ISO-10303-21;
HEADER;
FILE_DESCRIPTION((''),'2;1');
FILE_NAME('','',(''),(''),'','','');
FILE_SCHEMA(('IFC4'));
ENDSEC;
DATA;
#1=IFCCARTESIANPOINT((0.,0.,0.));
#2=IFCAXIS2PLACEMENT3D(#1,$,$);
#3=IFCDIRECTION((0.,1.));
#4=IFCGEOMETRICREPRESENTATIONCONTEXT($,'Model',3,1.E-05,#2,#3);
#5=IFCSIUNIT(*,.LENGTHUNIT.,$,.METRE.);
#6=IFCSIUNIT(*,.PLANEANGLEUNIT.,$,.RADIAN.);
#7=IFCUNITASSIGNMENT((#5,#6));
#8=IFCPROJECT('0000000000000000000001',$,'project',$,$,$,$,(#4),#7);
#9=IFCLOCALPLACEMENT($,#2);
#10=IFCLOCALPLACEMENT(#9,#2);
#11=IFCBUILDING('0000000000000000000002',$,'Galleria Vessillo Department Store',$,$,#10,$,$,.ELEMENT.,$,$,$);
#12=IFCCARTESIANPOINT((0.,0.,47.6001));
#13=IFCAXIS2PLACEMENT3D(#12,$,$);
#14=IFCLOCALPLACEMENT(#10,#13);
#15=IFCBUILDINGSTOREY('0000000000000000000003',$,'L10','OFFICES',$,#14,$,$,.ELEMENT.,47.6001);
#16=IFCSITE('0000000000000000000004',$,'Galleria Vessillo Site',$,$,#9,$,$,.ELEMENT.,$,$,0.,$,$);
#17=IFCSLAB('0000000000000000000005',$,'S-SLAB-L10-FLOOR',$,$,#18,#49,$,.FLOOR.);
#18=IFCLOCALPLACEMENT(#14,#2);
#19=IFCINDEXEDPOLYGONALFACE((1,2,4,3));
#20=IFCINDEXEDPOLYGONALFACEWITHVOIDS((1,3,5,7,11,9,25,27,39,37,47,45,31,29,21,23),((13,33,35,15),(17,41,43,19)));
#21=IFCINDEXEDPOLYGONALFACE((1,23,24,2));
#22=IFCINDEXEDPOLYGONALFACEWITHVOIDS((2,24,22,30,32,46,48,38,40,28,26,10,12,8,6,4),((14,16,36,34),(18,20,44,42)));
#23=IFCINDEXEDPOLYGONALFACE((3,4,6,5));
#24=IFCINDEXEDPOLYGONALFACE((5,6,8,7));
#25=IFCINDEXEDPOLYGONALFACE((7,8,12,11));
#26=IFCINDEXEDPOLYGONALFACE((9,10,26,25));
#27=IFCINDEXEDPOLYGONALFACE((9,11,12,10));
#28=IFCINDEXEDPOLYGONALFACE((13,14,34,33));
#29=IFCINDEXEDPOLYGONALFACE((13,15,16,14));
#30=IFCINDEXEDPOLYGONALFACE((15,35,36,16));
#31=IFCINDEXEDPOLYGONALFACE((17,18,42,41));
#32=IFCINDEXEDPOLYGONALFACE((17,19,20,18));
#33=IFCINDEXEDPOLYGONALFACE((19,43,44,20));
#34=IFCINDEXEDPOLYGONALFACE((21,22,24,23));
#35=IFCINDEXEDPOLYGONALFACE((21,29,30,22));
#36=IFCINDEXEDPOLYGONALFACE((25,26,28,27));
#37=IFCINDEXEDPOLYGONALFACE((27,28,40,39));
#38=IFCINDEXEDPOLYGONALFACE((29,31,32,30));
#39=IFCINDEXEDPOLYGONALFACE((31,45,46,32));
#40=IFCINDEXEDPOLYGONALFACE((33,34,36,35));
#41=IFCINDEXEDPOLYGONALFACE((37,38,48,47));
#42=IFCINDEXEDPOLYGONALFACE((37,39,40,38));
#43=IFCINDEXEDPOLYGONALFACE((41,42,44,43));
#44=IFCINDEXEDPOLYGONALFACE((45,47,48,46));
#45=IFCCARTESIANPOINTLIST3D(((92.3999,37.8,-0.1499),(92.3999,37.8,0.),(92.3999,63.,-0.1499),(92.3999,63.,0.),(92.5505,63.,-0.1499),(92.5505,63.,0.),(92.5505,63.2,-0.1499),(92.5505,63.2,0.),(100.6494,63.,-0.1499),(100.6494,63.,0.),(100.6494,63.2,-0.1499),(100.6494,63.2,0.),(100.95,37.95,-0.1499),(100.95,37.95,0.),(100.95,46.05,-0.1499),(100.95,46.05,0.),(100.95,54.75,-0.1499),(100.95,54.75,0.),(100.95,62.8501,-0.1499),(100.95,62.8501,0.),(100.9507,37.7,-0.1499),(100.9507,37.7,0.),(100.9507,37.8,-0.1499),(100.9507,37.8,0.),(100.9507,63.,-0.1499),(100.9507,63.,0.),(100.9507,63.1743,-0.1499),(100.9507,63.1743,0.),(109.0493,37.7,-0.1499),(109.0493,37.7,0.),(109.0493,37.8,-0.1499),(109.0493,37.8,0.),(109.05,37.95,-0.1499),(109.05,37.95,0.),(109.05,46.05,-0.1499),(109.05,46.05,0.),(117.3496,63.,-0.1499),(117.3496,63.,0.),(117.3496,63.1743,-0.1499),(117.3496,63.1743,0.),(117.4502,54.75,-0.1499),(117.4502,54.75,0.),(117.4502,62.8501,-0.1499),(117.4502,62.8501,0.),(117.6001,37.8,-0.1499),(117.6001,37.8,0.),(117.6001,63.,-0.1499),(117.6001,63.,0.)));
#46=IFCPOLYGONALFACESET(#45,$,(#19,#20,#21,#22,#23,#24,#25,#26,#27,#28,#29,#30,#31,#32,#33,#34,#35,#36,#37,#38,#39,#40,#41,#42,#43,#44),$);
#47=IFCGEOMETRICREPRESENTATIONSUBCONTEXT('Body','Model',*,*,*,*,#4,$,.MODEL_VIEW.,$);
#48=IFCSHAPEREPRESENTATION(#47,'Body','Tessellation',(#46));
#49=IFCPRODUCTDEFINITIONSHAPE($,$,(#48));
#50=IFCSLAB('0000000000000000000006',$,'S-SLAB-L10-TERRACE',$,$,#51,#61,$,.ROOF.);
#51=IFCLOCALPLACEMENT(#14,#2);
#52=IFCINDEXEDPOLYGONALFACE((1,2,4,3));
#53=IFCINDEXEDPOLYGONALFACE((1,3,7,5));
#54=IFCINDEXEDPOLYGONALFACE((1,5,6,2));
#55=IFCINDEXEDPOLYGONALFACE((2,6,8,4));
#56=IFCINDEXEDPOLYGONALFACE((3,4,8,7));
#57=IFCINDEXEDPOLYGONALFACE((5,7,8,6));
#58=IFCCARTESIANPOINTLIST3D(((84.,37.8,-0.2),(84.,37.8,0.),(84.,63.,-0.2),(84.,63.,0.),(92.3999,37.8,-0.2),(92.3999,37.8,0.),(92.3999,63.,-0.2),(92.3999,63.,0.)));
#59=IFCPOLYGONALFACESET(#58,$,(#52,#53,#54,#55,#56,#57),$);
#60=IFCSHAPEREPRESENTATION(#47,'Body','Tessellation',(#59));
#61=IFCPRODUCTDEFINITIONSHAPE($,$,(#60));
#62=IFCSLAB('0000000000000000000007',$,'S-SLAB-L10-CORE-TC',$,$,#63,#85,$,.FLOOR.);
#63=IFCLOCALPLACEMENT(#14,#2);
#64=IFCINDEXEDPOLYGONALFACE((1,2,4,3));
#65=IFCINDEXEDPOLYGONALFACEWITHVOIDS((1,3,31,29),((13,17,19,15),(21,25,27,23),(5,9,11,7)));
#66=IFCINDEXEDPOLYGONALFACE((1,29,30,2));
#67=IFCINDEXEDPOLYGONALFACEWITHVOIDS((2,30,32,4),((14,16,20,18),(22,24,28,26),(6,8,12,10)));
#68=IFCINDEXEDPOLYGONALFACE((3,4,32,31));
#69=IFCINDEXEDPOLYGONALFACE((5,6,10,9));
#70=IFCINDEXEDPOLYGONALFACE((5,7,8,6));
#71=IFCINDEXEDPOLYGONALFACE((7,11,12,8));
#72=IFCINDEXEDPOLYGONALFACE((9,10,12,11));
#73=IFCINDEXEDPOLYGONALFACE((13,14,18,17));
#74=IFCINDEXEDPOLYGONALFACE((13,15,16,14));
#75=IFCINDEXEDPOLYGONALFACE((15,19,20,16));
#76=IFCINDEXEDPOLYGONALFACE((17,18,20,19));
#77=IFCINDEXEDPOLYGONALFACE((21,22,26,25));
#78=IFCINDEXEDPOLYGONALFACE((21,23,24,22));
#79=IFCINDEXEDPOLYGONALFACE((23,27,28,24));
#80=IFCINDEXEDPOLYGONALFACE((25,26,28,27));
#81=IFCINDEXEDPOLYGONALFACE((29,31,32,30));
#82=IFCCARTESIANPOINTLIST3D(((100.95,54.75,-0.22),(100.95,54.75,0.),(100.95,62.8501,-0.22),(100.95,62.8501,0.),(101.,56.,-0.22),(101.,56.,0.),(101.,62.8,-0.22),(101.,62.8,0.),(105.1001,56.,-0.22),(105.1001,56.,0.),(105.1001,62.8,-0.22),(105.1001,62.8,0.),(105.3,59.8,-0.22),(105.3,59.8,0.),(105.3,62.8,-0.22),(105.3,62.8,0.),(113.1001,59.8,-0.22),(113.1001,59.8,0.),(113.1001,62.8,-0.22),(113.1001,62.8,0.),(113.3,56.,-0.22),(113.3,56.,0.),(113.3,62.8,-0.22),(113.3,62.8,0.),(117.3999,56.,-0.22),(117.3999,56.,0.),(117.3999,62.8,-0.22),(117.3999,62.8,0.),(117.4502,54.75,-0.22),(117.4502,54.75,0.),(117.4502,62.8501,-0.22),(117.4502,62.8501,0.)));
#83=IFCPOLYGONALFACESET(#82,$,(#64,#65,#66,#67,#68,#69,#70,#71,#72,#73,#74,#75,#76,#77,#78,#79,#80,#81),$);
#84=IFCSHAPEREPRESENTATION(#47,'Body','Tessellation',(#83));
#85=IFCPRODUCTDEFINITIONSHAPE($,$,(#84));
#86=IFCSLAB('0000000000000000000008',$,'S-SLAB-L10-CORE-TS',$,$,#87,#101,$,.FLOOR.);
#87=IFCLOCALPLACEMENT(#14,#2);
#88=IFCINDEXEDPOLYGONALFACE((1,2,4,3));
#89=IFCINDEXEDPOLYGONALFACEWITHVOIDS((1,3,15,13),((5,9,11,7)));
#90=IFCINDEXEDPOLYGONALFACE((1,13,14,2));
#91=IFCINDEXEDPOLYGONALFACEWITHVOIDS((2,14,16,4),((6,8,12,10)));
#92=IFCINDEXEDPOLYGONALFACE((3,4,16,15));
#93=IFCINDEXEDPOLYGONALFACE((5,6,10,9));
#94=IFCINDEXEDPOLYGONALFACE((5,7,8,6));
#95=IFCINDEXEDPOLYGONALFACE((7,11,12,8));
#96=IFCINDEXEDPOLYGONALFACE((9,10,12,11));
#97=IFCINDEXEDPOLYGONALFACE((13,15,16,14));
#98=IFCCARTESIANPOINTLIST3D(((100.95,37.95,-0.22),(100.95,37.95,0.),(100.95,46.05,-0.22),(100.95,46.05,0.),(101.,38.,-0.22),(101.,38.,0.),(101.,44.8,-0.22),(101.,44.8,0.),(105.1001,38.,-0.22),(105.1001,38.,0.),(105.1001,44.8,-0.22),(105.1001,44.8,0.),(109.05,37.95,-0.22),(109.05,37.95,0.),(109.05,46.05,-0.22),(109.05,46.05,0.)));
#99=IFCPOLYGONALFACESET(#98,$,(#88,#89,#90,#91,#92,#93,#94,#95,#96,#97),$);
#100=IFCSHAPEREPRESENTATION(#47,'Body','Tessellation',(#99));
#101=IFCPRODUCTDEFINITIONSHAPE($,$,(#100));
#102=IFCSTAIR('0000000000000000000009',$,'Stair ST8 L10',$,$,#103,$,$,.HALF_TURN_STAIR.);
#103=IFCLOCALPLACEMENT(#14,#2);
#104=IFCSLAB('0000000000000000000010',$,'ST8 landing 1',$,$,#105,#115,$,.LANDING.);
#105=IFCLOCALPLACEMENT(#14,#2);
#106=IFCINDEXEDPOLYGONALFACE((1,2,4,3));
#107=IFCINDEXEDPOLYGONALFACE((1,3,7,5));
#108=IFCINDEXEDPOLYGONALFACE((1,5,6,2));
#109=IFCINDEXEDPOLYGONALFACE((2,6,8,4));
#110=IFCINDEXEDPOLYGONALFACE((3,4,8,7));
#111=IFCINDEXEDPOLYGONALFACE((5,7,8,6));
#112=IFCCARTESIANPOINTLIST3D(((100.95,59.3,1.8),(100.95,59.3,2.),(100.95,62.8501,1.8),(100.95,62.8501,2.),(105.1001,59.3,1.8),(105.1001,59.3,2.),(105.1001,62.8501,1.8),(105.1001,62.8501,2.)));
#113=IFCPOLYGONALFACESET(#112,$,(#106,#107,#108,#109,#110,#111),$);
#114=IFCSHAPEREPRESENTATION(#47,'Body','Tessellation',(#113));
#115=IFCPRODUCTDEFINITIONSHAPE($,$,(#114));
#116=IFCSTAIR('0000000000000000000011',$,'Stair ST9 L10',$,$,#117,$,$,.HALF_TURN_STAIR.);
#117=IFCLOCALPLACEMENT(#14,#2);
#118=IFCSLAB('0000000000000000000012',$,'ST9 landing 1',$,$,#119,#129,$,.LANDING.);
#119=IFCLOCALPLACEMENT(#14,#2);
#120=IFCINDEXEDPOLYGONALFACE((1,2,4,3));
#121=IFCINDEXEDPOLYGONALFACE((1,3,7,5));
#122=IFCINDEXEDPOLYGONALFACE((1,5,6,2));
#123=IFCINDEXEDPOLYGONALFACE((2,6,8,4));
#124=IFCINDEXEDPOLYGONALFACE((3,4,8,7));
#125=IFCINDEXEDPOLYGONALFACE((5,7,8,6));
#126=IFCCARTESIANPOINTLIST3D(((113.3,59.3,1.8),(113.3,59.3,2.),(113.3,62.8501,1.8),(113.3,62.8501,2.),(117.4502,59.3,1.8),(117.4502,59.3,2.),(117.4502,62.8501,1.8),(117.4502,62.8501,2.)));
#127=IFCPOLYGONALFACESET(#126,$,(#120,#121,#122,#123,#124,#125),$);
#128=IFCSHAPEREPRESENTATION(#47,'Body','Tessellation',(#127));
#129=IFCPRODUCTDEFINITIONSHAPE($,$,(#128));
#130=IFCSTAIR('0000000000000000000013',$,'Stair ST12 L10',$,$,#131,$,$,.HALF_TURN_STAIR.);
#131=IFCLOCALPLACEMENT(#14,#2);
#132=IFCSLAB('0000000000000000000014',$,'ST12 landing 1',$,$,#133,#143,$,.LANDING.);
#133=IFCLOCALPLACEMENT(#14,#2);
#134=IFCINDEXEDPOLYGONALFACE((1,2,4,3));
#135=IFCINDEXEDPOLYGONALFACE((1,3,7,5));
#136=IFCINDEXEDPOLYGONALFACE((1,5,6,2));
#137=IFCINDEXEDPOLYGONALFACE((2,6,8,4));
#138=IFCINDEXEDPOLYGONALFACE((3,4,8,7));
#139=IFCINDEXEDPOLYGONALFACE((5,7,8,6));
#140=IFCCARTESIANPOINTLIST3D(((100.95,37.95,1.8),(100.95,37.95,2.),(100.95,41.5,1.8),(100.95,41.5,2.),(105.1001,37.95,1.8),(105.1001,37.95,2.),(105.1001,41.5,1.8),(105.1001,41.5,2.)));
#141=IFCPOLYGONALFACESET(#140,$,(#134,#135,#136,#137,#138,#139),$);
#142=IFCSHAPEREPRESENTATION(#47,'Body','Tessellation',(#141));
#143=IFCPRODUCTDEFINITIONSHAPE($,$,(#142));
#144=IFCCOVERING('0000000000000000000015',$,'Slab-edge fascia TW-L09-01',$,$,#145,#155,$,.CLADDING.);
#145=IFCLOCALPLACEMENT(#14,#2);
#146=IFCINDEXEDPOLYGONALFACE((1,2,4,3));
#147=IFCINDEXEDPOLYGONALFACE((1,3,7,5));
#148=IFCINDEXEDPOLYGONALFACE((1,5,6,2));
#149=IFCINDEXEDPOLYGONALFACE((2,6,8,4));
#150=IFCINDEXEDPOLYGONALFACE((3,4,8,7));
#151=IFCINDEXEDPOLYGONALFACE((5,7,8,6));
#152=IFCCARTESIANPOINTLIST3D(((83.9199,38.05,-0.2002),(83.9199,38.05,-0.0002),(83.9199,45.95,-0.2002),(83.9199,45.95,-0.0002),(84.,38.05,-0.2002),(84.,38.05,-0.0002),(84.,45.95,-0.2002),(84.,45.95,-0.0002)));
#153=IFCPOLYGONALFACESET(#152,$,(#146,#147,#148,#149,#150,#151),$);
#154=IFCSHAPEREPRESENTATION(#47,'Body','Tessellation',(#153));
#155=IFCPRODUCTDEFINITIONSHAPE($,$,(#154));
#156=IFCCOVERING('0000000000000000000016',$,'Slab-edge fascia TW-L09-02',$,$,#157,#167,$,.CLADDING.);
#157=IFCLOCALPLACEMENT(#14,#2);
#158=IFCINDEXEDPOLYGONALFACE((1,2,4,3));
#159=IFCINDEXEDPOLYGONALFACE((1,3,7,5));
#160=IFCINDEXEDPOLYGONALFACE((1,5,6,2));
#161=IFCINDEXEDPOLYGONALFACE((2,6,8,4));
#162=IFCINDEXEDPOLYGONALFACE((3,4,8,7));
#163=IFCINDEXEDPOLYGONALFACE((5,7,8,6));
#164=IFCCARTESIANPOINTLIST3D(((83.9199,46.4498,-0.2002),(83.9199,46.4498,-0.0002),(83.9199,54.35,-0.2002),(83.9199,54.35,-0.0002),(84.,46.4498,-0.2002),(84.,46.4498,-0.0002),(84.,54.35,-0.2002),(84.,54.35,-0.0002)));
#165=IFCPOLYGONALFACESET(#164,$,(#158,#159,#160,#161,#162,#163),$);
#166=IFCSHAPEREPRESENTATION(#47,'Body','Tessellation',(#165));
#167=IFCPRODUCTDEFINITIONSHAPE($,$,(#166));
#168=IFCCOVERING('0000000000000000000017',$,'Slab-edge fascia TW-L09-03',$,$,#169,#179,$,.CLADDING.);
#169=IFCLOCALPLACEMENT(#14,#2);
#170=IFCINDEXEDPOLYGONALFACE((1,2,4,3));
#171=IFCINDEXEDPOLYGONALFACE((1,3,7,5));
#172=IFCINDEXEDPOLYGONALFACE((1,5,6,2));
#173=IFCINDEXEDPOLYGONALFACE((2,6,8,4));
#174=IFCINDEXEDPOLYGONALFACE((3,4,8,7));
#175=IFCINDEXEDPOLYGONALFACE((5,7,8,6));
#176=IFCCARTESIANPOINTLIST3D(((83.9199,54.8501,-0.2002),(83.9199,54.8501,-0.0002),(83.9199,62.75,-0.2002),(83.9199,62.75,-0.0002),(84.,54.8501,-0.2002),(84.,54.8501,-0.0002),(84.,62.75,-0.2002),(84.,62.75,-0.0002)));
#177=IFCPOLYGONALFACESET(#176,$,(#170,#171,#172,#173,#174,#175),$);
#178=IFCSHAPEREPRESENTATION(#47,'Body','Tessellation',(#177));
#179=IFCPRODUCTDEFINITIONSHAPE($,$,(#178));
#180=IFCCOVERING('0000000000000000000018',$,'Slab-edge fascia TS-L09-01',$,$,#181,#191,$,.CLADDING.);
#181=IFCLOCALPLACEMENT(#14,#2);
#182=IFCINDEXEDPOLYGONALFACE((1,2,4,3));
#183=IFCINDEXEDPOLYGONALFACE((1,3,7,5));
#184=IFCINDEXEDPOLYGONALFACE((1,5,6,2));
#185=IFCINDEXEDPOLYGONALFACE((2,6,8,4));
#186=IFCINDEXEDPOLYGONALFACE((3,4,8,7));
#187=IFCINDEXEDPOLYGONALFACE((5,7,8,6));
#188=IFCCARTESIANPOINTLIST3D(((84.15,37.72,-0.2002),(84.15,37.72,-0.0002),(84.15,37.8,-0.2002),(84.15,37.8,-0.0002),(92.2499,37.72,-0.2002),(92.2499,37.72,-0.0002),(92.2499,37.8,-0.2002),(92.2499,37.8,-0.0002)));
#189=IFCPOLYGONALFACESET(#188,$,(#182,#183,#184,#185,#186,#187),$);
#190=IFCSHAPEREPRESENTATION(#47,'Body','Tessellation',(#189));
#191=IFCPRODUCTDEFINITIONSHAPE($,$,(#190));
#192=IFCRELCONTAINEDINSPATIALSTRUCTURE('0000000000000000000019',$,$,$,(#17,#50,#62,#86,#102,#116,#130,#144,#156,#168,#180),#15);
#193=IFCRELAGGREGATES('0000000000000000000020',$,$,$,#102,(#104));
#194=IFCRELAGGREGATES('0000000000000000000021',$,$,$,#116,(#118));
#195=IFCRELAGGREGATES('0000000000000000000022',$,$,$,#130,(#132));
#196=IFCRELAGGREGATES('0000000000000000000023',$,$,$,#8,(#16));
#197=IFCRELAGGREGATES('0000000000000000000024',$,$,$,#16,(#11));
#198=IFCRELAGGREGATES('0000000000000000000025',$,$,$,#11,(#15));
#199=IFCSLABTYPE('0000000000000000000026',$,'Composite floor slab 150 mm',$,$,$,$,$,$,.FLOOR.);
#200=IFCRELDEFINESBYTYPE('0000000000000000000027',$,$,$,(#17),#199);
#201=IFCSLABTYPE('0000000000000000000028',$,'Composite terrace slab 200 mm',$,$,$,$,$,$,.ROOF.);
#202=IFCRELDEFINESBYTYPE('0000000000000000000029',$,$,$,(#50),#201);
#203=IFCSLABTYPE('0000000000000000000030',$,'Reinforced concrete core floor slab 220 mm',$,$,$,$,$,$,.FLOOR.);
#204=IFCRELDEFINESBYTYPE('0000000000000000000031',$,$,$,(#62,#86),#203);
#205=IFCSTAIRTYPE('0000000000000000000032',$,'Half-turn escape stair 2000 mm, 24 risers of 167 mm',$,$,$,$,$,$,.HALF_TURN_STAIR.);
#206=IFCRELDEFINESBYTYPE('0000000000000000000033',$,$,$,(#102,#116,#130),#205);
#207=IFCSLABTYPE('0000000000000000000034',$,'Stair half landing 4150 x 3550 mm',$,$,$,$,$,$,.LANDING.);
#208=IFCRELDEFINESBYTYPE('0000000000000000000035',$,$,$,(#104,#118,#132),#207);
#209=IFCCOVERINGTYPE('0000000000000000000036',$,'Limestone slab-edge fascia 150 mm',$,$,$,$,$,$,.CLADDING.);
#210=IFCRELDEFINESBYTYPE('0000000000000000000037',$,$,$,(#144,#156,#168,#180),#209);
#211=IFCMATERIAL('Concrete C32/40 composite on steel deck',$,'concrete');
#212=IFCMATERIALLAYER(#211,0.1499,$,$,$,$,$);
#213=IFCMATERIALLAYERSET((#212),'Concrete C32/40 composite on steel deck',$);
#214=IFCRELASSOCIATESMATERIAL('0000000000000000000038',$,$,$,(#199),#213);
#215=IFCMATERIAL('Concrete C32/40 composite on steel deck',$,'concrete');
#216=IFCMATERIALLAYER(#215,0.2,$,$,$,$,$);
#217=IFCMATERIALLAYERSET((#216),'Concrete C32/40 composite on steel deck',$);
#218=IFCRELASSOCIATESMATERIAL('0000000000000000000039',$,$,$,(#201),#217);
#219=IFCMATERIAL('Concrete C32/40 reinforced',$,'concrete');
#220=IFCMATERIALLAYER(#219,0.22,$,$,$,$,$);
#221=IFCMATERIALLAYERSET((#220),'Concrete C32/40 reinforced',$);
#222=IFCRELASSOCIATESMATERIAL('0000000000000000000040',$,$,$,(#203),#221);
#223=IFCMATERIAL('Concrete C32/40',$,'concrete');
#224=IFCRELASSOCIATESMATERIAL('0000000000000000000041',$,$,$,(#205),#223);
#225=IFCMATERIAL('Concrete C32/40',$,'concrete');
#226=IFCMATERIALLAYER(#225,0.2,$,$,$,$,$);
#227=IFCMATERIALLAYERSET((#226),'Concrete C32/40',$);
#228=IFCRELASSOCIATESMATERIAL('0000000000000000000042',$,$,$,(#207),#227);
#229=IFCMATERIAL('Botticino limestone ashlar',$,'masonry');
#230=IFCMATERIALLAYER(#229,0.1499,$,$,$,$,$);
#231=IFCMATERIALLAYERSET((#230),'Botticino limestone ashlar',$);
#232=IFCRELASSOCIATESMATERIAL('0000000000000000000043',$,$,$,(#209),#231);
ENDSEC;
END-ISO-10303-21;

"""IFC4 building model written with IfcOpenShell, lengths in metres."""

from ifc_helpers import new_model, si_unit, direction, frame, origin, origin_2d, place, context, subcontext, project, spatial, polyline, rectangle, outline, extrude, material, layer, layer_set, type_object, element, aggregate, save


model = new_model("IFC4")

# Units and contexts
model_context = context("Model", 3, precision=1e-05, world=origin(), true_north=direction((0.0, 1.0)))
body_context = subcontext(model_context, "Body", "Model", "MODEL_VIEW")
ifc_project = project(units=[si_unit("LENGTHUNIT", "METRE"), si_unit("PLANEANGLEUNIT", "RADIAN")], contexts=[model_context])

# Site, building, storey
site_placement = place(None, origin())
site = spatial("IfcSite", under=ifc_project, at=site_placement, Name="Galleria Vessillo Site", CompositionType="ELEMENT", RefElevation=0.0)
building_placement = place(site_placement, origin())
building = spatial("IfcBuilding", under=site, at=building_placement, Name="Galleria Vessillo Department Store", CompositionType="ELEMENT")
storey_placement = place(building_placement, frame((0.0, 0.0, 47.6001)))
storey = spatial("IfcBuildingStorey", under=building, at=storey_placement, Name="L10", Description="OFFICES", CompositionType="ELEMENT", Elevation=47.6001)

# Slabs
ifc_material_1 = material(Name="Concrete C32/40 composite on steel deck", Category="concrete")
ifc_layer_1 = layer(ifc_material_1, 0.1499)
ifc_layer_set_1 = layer_set([ifc_layer_1], Name="Concrete C32/40 composite on steel deck")
slab_type_1 = type_object("IfcSlabType", Name="Composite floor slab 150 mm", PredefinedType="FLOOR", material=ifc_layer_set_1)
slab_1_placement = place(storey_placement, frame((0.0, 0.0, -0.1499)))
element("IfcSlab", 1, at=slab_1_placement, inside=storey, type_object=slab_type_1, Name="S-SLAB-L10-FLOOR", PredefinedType="FLOOR", context=body_context, shape_type="SweptSolid", body=[
    extrude(outline(polyline([(100.9507, 37.8), (92.3999, 37.8), (92.3999, 63.0), (92.5505, 63.0), (92.5505, 63.2), (100.6494, 63.2), (100.6494, 63.0), (100.9507, 63.0), (100.9507, 63.1743), (117.3496, 63.1743), (117.3496, 63.0), (117.6001, 63.0), (117.6001, 37.8), (109.0493, 37.8), (109.0493, 37.7), (100.9507, 37.7), (100.9507, 37.8)]), holes=[polyline([(109.05, 37.95), (109.05, 46.05), (100.95, 46.05), (100.95, 37.95), (109.05, 37.95)]), polyline([(117.4502, 54.75), (117.4502, 62.8501), (100.95, 62.8501), (100.95, 54.75), (117.4502, 54.75)])]), origin(), (0.0, 0.0, 1.0), 0.1499),
])
ifc_material_2 = material(Name="Concrete C32/40 composite on steel deck", Category="concrete")
ifc_layer_2 = layer(ifc_material_2, 0.2)
ifc_layer_set_2 = layer_set([ifc_layer_2], Name="Concrete C32/40 composite on steel deck")
slab_type_2 = type_object("IfcSlabType", Name="Composite terrace slab 200 mm", PredefinedType="ROOF", material=ifc_layer_set_2)
slab_2_placement = place(storey_placement, frame((0.0, 0.0, -0.2)))
element("IfcSlab", 2, at=slab_2_placement, inside=storey, type_object=slab_type_2, Name="S-SLAB-L10-TERRACE", PredefinedType="ROOF", context=body_context, shape_type="SweptSolid", body=[
    extrude(outline(polyline([(84.0, 37.8), (84.0, 63.0), (92.3999, 63.0), (92.3999, 37.8), (84.0, 37.8)])), origin(), (0.0, 0.0, 1.0), 0.2),
])
ifc_material_3 = material(Name="Concrete C32/40 reinforced", Category="concrete")
ifc_layer_3 = layer(ifc_material_3, 0.22)
ifc_layer_set_3 = layer_set([ifc_layer_3], Name="Concrete C32/40 reinforced")
slab_type_3 = type_object("IfcSlabType", Name="Reinforced concrete core floor slab 220 mm", PredefinedType="FLOOR", material=ifc_layer_set_3)
slab_3_placement = place(storey_placement, frame((0.0, 0.0, -0.22)))
element("IfcSlab", 3, at=slab_3_placement, inside=storey, type_object=slab_type_3, Name="S-SLAB-L10-CORE-TC", PredefinedType="FLOOR", context=body_context, shape_type="SweptSolid", body=[
    extrude(outline(polyline([(100.95, 54.75), (100.95, 62.8501), (117.4502, 62.8501), (117.4502, 54.75), (100.95, 54.75)]), holes=[polyline([(105.1001, 56.0), (105.1001, 62.8), (101.0, 62.8), (101.0, 56.0), (105.1001, 56.0)]), polyline([(113.3, 56.0), (117.3999, 56.0), (117.3999, 62.8), (113.3, 62.8), (113.3, 56.0)]), polyline([(105.3, 59.8), (113.1001, 59.8), (113.1001, 62.8), (105.3, 62.8), (105.3, 59.8)])]), origin(), (0.0, 0.0, 1.0), 0.22),
])
slab_4_placement = place(storey_placement, frame((0.0, 0.0, -0.22)))
element("IfcSlab", 4, at=slab_4_placement, inside=storey, type_object=slab_type_3, Name="S-SLAB-L10-CORE-TS", PredefinedType="FLOOR", context=body_context, shape_type="SweptSolid", body=[
    extrude(outline(polyline([(100.95, 37.95), (100.95, 46.05), (109.05, 46.05), (109.05, 37.95), (100.95, 37.95)]), holes=[polyline([(105.1001, 44.8), (101.0, 44.8), (101.0, 38.0), (105.1001, 38.0), (105.1001, 44.8)])]), origin(), (0.0, 0.0, 1.0), 0.22),
])

# Stairs, slabs
ifc_material_4 = material(Name="Concrete C32/40", Category="concrete")
stair_type = type_object("IfcStairType", Name="Half-turn escape stair 2000 mm, 24 risers of 167 mm", PredefinedType="HALF_TURN_STAIR", material=ifc_material_4)
stair_1_placement = place(storey_placement, origin())
stair_1 = element("IfcStair", 5, at=stair_1_placement, inside=storey, type_object=stair_type, Name="Stair ST8 L10", PredefinedType="HALF_TURN_STAIR")
ifc_material_5 = material(Name="Concrete C32/40", Category="concrete")
ifc_layer_4 = layer(ifc_material_5, 0.2)
ifc_layer_set_4 = layer_set([ifc_layer_4], Name="Concrete C32/40")
slab_type_4 = type_object("IfcSlabType", Name="Stair half landing 4150 x 3550 mm", PredefinedType="LANDING", material=ifc_layer_set_4)
slab_5_placement = place(storey_placement, frame((0.0, 0.0, 1.8)))
slab_5 = element("IfcSlab", 6, at=slab_5_placement, type_object=slab_type_4, Name="ST8 landing 1", PredefinedType="LANDING", context=body_context, shape_type="SweptSolid", body=[
    extrude(outline(polyline([(100.95, 59.3), (100.95, 62.8501), (105.1001, 62.8501), (105.1001, 59.3), (100.95, 59.3)])), origin(), (0.0, 0.0, 1.0), 0.2),
])
aggregate(stair_1, [slab_5])
stair_2_placement = place(storey_placement, origin())
stair_2 = element("IfcStair", 7, at=stair_2_placement, inside=storey, type_object=stair_type, Name="Stair ST9 L10", PredefinedType="HALF_TURN_STAIR")
slab_6_placement = place(storey_placement, frame((0.0, 0.0, 1.8)))
slab_6 = element("IfcSlab", 8, at=slab_6_placement, type_object=slab_type_4, Name="ST9 landing 1", PredefinedType="LANDING", context=body_context, shape_type="SweptSolid", body=[
    extrude(outline(polyline([(113.3, 59.3), (113.3, 62.8501), (117.4502, 62.8501), (117.4502, 59.3), (113.3, 59.3)])), origin(), (0.0, 0.0, 1.0), 0.2),
])
aggregate(stair_2, [slab_6])
stair_3_placement = place(storey_placement, origin())
stair_3 = element("IfcStair", 9, at=stair_3_placement, inside=storey, type_object=stair_type, Name="Stair ST12 L10", PredefinedType="HALF_TURN_STAIR")
slab_7_placement = place(storey_placement, frame((0.0, 0.0, 1.8)))
slab_7 = element("IfcSlab", 10, at=slab_7_placement, type_object=slab_type_4, Name="ST12 landing 1", PredefinedType="LANDING", context=body_context, shape_type="SweptSolid", body=[
    extrude(outline(polyline([(100.95, 37.95), (100.95, 41.5), (105.1001, 41.5), (105.1001, 37.95), (100.95, 37.95)])), origin(), (0.0, 0.0, 1.0), 0.2),
])
aggregate(stair_3, [slab_7])

# Coverings
ifc_material_6 = material(Name="Botticino limestone ashlar", Category="masonry")
ifc_layer_5 = layer(ifc_material_6, 0.1499)
ifc_layer_set_5 = layer_set([ifc_layer_5], Name="Botticino limestone ashlar")
covering_type_1 = type_object("IfcCoveringType", Name="Limestone slab-edge fascia 150 mm", PredefinedType="CLADDING", material=ifc_layer_set_5)
covering_1_placement = place(storey_placement, frame((83.96, 42.0, -0.2002), z_axis=(0.0, 0.0, 1.0), x_axis=(1.0, 0.0, 0.0)))
element("IfcCovering", 11, at=covering_1_placement, inside=storey, type_object=covering_type_1, Name="Slab-edge fascia TW-L09-01", PredefinedType="CLADDING", context=body_context, shape_type="SweptSolid", body=[
    extrude(rectangle(XDim=0.0801, YDim=7.8999, at=origin_2d()), origin(), (0.0, 0.0, 1.0), 0.2),
])
covering_2_placement = place(storey_placement, frame((83.96, 50.3999, -0.2002), z_axis=(0.0, 0.0, 1.0), x_axis=(1.0, 0.0, 0.0)))
element("IfcCovering", 12, at=covering_2_placement, inside=storey, type_object=covering_type_1, Name="Slab-edge fascia TW-L09-02", PredefinedType="CLADDING", context=body_context, shape_type="SweptSolid", body=[
    extrude(rectangle(XDim=0.0801, YDim=7.9001, at=origin_2d()), origin(), (0.0, 0.0, 1.0), 0.2),
])
covering_3_placement = place(storey_placement, frame((83.96, 58.8, -0.2002), z_axis=(0.0, 0.0, 1.0), x_axis=(1.0, 0.0, 0.0)))
element("IfcCovering", 13, at=covering_3_placement, inside=storey, type_object=covering_type_1, Name="Slab-edge fascia TW-L09-03", PredefinedType="CLADDING", context=body_context, shape_type="SweptSolid", body=[
    extrude(rectangle(XDim=0.0801, YDim=7.8999, at=origin_2d()), origin(), (0.0, 0.0, 1.0), 0.2),
])
covering_4_placement = place(storey_placement, frame((88.2, 37.76, -0.2002), z_axis=(0.0, 0.0, 1.0), x_axis=(1.0, 0.0, 0.0)))
element("IfcCovering", 14, at=covering_4_placement, inside=storey, type_object=covering_type_1, Name="Slab-edge fascia TS-L09-01", PredefinedType="CLADDING", context=body_context, shape_type="SweptSolid", body=[
    extrude(rectangle(XDim=8.0999, YDim=0.0801, at=origin_2d()), origin(), (0.0, 0.0, 1.0), 0.2),
])

save(model, "model.ifc")
